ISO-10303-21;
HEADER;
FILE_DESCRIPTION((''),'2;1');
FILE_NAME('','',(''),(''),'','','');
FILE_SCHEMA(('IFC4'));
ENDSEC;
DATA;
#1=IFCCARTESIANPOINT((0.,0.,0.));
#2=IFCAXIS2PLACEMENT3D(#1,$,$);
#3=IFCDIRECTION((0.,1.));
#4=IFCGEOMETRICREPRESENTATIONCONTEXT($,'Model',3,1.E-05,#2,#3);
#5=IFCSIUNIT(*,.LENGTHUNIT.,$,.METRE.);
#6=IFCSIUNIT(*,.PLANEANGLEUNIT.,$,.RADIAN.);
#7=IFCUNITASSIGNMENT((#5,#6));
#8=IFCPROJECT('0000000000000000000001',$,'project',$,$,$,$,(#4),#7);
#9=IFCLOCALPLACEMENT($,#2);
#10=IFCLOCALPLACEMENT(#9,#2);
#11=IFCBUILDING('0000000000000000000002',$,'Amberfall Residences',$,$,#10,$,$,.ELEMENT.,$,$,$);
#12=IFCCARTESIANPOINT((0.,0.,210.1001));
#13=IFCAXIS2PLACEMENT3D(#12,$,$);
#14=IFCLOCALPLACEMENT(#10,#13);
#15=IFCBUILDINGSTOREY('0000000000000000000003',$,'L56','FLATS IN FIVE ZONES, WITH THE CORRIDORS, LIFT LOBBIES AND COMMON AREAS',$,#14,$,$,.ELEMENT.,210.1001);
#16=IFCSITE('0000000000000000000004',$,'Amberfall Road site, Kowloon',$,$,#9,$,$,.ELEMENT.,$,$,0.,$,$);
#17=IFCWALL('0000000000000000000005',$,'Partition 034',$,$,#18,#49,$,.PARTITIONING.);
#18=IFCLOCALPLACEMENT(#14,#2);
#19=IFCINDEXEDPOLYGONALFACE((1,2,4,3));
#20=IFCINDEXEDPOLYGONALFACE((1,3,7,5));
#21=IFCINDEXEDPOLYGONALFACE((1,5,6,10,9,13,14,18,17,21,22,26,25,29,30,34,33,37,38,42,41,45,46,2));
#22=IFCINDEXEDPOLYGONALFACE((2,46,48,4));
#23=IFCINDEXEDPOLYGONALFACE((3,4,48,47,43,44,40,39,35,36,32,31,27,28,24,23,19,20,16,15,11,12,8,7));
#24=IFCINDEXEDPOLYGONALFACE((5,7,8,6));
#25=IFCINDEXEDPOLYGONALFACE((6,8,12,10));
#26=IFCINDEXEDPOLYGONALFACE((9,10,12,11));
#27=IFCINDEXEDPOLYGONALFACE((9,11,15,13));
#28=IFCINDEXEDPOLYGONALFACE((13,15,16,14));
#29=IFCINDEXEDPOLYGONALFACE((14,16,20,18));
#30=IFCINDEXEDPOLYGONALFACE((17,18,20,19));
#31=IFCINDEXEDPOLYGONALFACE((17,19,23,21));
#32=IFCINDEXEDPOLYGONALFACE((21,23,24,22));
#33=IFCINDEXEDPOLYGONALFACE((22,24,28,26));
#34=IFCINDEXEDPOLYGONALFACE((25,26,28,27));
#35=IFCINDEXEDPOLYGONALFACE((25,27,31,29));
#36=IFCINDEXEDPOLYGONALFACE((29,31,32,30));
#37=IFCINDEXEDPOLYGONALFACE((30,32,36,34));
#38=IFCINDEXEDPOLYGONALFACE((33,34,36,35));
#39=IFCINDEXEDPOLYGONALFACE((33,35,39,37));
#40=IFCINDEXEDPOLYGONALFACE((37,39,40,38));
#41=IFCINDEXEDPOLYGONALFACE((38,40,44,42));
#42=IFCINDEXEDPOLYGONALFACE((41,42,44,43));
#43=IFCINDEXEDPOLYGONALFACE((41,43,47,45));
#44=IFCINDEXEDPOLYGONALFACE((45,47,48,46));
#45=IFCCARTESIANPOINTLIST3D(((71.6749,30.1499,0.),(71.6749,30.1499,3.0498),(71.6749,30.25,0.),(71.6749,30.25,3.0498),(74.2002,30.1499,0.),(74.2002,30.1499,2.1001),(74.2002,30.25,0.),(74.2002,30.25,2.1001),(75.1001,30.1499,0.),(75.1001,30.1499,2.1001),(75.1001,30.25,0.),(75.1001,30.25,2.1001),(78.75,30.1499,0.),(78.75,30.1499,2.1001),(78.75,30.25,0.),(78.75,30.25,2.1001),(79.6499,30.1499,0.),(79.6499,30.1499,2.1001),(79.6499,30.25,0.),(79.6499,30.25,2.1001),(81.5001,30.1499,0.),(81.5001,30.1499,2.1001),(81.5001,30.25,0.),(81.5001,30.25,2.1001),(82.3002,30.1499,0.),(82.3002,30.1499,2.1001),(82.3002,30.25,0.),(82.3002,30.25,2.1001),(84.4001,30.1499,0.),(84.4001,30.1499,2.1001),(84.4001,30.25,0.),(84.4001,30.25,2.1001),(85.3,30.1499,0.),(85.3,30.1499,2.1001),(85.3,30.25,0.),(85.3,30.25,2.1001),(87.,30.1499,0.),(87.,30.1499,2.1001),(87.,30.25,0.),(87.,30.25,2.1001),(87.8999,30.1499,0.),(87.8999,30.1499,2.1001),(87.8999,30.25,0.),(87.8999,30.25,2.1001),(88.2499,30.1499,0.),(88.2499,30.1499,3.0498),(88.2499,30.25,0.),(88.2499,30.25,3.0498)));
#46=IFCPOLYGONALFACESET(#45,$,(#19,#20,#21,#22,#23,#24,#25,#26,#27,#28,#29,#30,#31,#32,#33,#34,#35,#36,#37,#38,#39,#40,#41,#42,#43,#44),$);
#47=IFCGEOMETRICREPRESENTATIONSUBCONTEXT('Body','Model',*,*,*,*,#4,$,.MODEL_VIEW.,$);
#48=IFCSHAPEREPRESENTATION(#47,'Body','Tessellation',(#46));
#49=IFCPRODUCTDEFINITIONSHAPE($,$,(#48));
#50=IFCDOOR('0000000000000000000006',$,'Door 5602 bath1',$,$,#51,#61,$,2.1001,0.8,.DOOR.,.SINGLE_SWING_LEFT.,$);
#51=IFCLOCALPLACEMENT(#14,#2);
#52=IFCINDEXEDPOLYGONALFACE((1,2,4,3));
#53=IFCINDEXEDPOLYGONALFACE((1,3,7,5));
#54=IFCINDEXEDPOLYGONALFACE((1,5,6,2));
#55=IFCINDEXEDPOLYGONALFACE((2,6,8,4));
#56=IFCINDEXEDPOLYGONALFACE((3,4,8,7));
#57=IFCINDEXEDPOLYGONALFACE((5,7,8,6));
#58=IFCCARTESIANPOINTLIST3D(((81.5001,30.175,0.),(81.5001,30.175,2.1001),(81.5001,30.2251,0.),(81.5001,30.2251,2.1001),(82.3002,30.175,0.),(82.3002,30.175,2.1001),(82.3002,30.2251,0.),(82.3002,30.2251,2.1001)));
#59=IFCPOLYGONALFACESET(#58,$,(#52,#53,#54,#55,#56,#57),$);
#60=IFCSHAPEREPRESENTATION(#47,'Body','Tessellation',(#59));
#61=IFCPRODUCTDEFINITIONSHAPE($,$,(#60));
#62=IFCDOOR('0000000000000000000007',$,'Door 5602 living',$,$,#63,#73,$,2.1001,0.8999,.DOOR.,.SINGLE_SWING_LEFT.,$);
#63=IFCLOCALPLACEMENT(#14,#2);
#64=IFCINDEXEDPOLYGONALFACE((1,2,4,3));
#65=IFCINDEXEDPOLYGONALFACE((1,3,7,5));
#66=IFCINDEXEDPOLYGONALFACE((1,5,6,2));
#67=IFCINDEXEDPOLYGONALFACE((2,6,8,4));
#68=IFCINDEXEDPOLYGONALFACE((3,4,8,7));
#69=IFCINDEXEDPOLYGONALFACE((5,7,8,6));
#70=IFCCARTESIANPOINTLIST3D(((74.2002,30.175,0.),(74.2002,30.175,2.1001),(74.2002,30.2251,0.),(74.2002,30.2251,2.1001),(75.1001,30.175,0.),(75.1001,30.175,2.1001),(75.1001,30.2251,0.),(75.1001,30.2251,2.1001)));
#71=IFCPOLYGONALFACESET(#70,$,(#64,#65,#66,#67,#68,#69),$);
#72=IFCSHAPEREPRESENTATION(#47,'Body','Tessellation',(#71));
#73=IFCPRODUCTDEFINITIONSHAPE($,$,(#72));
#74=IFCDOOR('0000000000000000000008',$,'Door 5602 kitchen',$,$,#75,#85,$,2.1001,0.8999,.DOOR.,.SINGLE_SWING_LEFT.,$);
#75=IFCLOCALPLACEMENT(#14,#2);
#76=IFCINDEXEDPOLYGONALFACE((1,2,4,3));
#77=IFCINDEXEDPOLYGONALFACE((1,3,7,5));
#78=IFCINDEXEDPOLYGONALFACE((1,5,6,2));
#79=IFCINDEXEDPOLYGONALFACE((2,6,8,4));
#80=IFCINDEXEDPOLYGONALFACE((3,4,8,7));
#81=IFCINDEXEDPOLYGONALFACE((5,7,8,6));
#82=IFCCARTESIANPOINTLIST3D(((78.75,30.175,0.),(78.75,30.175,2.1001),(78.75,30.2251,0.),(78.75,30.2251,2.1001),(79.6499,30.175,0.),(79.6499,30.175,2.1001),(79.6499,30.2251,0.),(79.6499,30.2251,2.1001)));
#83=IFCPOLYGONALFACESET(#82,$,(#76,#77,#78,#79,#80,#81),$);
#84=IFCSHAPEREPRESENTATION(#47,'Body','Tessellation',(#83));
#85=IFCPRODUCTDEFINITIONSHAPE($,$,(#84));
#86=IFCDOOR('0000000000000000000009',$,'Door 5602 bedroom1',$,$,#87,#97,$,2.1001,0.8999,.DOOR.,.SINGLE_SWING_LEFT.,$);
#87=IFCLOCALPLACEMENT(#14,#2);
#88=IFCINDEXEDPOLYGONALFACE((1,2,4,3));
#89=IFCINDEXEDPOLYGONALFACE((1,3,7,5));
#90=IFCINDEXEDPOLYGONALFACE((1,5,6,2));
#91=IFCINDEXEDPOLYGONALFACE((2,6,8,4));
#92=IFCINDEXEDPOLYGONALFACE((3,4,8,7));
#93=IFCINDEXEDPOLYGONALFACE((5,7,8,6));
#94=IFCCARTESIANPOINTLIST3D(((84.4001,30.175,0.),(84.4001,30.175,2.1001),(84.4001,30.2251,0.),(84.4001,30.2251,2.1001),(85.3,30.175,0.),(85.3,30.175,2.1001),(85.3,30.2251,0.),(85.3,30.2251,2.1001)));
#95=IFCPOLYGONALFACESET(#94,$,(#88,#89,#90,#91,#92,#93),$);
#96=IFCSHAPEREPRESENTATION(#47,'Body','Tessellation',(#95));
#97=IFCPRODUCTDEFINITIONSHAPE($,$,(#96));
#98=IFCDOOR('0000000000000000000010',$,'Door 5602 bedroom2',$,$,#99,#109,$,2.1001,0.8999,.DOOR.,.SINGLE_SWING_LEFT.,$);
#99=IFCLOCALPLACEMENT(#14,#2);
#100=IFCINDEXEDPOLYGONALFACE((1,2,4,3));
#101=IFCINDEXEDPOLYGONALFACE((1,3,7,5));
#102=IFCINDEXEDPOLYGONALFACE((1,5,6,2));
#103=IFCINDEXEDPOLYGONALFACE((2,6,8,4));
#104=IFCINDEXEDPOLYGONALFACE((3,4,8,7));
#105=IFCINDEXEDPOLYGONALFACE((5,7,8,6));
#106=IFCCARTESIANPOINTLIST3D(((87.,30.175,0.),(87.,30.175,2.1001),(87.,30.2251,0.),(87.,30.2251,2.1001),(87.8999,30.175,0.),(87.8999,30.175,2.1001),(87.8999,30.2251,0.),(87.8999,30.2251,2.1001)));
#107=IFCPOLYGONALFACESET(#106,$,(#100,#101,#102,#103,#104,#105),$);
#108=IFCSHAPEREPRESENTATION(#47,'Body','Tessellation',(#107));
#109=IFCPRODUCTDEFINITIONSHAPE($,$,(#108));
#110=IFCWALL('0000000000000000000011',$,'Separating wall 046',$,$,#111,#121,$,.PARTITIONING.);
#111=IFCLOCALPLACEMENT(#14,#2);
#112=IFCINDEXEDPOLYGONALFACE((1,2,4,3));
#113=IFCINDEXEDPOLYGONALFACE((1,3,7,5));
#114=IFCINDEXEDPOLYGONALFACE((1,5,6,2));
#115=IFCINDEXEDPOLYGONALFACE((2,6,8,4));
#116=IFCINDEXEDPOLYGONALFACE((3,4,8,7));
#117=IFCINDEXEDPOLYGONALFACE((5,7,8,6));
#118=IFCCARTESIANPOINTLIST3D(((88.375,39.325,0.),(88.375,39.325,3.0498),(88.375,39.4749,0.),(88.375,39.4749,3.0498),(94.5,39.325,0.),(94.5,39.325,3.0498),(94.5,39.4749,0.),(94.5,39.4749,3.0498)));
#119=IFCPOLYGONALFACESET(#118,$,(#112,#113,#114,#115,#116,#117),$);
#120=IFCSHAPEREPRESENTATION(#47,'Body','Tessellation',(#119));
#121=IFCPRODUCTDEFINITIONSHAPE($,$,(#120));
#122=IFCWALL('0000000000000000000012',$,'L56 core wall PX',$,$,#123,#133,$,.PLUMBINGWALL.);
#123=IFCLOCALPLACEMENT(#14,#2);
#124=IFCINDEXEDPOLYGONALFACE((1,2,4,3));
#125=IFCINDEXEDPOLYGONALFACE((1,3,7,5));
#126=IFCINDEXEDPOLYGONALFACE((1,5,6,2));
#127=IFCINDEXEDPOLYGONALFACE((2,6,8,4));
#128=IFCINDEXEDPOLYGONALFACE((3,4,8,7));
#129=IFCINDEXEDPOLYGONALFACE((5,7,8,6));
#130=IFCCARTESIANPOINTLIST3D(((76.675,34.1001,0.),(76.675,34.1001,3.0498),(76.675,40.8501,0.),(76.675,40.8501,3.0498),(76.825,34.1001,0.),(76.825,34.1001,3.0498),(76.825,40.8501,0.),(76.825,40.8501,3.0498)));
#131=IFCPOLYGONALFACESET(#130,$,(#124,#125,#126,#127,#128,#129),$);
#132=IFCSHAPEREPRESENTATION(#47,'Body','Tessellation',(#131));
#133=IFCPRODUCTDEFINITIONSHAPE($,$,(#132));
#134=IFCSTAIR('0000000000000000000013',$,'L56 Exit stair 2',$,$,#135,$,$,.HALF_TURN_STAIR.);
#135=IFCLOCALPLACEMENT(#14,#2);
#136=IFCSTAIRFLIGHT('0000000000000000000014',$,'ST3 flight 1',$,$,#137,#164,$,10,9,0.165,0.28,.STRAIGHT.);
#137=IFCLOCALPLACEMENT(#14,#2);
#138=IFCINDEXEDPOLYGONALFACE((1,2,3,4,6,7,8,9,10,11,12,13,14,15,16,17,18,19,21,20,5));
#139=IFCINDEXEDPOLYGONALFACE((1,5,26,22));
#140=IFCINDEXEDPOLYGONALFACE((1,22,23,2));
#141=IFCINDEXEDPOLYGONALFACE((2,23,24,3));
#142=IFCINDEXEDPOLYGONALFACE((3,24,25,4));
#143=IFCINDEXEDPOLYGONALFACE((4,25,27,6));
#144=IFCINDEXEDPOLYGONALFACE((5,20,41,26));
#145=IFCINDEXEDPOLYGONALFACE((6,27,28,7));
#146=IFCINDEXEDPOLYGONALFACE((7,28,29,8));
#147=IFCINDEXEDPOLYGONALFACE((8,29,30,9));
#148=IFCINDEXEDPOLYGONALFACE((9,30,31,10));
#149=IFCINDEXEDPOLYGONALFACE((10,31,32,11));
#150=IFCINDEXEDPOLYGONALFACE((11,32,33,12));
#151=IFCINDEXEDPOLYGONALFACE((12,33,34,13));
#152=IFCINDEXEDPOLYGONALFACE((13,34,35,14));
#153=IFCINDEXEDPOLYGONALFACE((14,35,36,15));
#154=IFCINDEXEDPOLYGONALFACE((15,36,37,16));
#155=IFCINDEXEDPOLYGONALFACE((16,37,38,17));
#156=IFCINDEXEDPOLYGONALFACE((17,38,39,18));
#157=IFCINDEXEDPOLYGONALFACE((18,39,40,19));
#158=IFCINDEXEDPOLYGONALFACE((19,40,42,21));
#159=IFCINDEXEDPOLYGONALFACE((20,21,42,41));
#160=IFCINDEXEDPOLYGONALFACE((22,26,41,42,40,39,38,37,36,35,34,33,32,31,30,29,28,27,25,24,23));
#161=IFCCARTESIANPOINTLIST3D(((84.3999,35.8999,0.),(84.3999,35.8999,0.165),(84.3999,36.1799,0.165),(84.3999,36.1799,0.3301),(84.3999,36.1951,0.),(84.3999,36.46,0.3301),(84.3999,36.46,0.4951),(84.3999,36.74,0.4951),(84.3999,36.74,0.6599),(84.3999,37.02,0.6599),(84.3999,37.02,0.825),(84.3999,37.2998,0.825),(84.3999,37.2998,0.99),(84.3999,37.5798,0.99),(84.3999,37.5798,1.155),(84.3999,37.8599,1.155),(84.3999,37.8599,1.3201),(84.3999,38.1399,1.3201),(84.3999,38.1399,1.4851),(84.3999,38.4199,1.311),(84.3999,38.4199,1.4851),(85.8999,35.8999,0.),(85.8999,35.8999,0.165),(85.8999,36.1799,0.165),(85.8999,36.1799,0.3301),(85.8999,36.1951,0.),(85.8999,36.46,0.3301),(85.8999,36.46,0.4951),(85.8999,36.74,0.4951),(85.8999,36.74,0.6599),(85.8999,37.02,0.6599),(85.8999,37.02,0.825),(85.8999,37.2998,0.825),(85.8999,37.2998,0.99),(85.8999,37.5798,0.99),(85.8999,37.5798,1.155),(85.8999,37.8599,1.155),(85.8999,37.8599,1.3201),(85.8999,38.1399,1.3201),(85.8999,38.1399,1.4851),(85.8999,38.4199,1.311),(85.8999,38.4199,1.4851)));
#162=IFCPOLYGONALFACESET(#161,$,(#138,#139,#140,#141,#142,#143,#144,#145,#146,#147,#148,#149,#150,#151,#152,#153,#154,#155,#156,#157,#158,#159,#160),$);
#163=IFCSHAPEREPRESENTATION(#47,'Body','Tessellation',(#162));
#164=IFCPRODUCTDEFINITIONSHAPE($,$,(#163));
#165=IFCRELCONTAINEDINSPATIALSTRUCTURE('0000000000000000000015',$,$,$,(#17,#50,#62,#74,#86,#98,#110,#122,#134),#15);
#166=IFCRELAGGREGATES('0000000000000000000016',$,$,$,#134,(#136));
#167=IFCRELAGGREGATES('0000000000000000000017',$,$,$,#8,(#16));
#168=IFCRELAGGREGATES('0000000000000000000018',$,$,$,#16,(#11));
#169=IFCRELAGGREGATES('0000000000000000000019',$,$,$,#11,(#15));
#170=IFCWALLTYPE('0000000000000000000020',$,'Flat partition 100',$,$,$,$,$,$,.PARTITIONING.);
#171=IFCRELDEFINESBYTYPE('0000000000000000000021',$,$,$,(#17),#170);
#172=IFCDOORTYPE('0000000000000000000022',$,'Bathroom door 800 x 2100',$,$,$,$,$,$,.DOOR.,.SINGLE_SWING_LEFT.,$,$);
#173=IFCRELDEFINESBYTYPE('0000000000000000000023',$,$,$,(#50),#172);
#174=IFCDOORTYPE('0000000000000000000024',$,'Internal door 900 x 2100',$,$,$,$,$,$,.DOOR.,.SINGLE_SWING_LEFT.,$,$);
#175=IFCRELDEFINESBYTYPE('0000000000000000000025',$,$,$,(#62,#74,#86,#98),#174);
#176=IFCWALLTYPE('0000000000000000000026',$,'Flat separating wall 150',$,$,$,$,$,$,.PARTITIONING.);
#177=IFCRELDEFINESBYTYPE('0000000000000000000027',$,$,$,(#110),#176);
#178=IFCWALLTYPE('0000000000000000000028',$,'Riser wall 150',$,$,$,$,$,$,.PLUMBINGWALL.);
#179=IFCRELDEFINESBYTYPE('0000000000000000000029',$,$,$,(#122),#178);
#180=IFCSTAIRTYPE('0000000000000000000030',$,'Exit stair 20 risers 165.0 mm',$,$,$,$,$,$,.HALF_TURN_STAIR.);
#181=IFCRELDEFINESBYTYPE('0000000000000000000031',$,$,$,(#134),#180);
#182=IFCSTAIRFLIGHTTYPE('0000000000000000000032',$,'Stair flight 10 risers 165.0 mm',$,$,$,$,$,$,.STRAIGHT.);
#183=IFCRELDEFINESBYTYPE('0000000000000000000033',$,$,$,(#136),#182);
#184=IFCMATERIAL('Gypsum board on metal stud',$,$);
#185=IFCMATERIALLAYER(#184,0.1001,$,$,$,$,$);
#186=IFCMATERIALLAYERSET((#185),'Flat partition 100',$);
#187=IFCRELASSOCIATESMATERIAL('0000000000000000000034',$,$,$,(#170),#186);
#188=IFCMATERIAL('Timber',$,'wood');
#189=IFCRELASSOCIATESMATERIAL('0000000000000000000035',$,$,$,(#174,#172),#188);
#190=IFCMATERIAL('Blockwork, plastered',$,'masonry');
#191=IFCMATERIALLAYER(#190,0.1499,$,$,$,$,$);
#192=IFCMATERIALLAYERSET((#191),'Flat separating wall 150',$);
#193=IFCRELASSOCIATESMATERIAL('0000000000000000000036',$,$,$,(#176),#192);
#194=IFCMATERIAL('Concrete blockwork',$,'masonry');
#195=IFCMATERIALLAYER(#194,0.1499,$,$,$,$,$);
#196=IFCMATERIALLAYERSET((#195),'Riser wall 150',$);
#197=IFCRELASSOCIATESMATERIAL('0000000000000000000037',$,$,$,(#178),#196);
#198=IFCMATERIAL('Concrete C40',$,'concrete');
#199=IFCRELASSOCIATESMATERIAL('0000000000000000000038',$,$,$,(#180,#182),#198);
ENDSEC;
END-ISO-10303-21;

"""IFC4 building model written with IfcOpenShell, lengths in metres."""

from ifc_helpers import new_model, si_unit, direction, frame, frame_2d, origin, place, context, subcontext, project, spatial, polyline, rectangle, outline, extrude, material, layer, layer_set, type_object, element, fill, aggregate, save


model = new_model("IFC4")

# Units and contexts
model_context = context("Model", 3, precision=1e-05, world=origin(), true_north=direction((0.0, 1.0)))
body_context = subcontext(model_context, "Body", "Model", "MODEL_VIEW")
ifc_project = project(units=[si_unit("LENGTHUNIT", "METRE"), si_unit("PLANEANGLEUNIT", "RADIAN")], contexts=[model_context])

# Site, building, storey
site_placement = place(None, origin())
site = spatial("IfcSite", under=ifc_project, at=site_placement, Name="Amberfall Road site, Kowloon", CompositionType="ELEMENT", RefElevation=0.0)
building_placement = place(site_placement, origin())
building = spatial("IfcBuilding", under=site, at=building_placement, Name="Amberfall Residences", CompositionType="ELEMENT")
storey_placement = place(building_placement, frame((0.0, 0.0, 210.1001)))
storey = spatial("IfcBuildingStorey", under=building, at=storey_placement, Name="L56", Description="FLATS IN FIVE ZONES, WITH THE CORRIDORS, LIFT LOBBIES AND COMMON AREAS", CompositionType="ELEMENT", Elevation=210.1001)

# Shared definitions
ifc_material_1 = material(Name="Gypsum board on metal stud")
ifc_layer_1 = layer(ifc_material_1, 0.1001)
ifc_layer_set_1 = layer_set([ifc_layer_1], Name="Flat partition 100")
wall_type_1 = type_object("IfcWallType", Name="Flat partition 100", PredefinedType="PARTITIONING", material=ifc_layer_set_1)

# Wall, openings, doors
ifc_material_2 = material(Name="Timber", Category="wood")
door_type_1 = type_object("IfcDoorType", Name="Internal door 900 x 2100", OperationType="SINGLE_SWING_LEFT", PredefinedType="DOOR", material=ifc_material_2)
wall_1_placement = place(storey_placement, frame((88.25, 30.2, 0.0), z_axis=(0.0, 0.0, 1.0), x_axis=(-1.0, 0.0, 0.0)))
wall_1 = element("IfcWall", 1, at=wall_1_placement, inside=storey, type_object=wall_type_1, Name="Partition 034", PredefinedType="PARTITIONING", context=body_context, shape_type="SweptSolid", body=[
    extrude(rectangle(XDim=16.575, YDim=0.1001, at=frame_2d((8.2876, 0.0))), origin(), (0.0, 0.0, 1.0), 3.0498),
])
opening_1_placement = place(wall_1_placement, frame((13.1499, 0.0, 0.0)))
opening_1 = element("IfcOpeningElement", 2, at=opening_1_placement, cuts=wall_1, PredefinedType="OPENING", context=body_context, shape_type="SweptSolid", body=[
    extrude(rectangle(XDim=0.8999, YDim=2.1001, at=frame_2d((0.45, 1.05))), frame((0.0, 0.0601, 0.0), z_axis=(0.0, -1.0, 0.0), x_axis=(1.0, 0.0, 0.0)), (0.0, 0.0, 1.0), 0.1201),
])
opening_2_placement = place(wall_1_placement, frame((8.6001, 0.0, 0.0)))
opening_2 = element("IfcOpeningElement", 3, at=opening_2_placement, cuts=wall_1, PredefinedType="OPENING", context=body_context, shape_type="SweptSolid", body=[
    extrude(rectangle(XDim=0.8999, YDim=2.1001, at=frame_2d((0.45, 1.05))), frame((0.0, 0.0601, 0.0), z_axis=(0.0, -1.0, 0.0), x_axis=(1.0, 0.0, 0.0)), (0.0, 0.0, 1.0), 0.1201),
])
opening_3_placement = place(wall_1_placement, frame((2.95, 0.0, 0.0)))
opening_3 = element("IfcOpeningElement", 4, at=opening_3_placement, cuts=wall_1, PredefinedType="OPENING", context=body_context, shape_type="SweptSolid", body=[
    extrude(rectangle(XDim=0.8999, YDim=2.1001, at=frame_2d((0.45, 1.05))), frame((0.0, 0.0601, 0.0), z_axis=(0.0, -1.0, 0.0), x_axis=(1.0, 0.0, 0.0)), (0.0, 0.0, 1.0), 0.1201),
])
opening_4_placement = place(wall_1_placement, frame((0.3501, 0.0, 0.0)))
opening_4 = element("IfcOpeningElement", 5, at=opening_4_placement, cuts=wall_1, PredefinedType="OPENING", context=body_context, shape_type="SweptSolid", body=[
    extrude(rectangle(XDim=0.8999, YDim=2.1001, at=frame_2d((0.45, 1.05))), frame((0.0, 0.0601, 0.0), z_axis=(0.0, -1.0, 0.0), x_axis=(1.0, 0.0, 0.0)), (0.0, 0.0, 1.0), 0.1201),
])
opening_5_placement = place(wall_1_placement, frame((5.95, 0.0, 0.0)))
opening_5 = element("IfcOpeningElement", 6, at=opening_5_placement, cuts=wall_1, PredefinedType="OPENING", context=body_context, shape_type="SweptSolid", body=[
    extrude(rectangle(XDim=0.8, YDim=2.1001, at=frame_2d((0.3999, 1.05))), frame((0.0, 0.0601, 0.0), z_axis=(0.0, -1.0, 0.0), x_axis=(1.0, 0.0, 0.0)), (0.0, 0.0, 1.0), 0.1201),
])
door_type_2 = type_object("IfcDoorType", Name="Bathroom door 800 x 2100", OperationType="SINGLE_SWING_LEFT", PredefinedType="DOOR", material=ifc_material_2)
door_1_placement = place(opening_5_placement, origin())
door_1 = element("IfcDoor", 7, at=door_1_placement, inside=storey, type_object=door_type_2, Name="Door 5602 bath1", OperationType="SINGLE_SWING_LEFT", OverallHeight=2.1001, OverallWidth=0.8, PredefinedType="DOOR", context=body_context, shape_type="SweptSolid", body=[
    extrude(rectangle(XDim=0.8, YDim=2.1001, at=frame_2d((0.3999, 1.05))), frame((0.0, 0.0249, 0.0), z_axis=(0.0, -1.0, 0.0), x_axis=(1.0, 0.0, 0.0)), (0.0, 0.0, 1.0), 0.05),
])
fill(opening_5, door_1)
door_2_placement = place(opening_1_placement, origin())
door_2 = element("IfcDoor", 8, at=door_2_placement, inside=storey, type_object=door_type_1, Name="Door 5602 living", OperationType="SINGLE_SWING_LEFT", OverallHeight=2.1001, OverallWidth=0.8999, PredefinedType="DOOR", context=body_context, shape_type="SweptSolid", body=[
    extrude(rectangle(XDim=0.8999, YDim=2.1001, at=frame_2d((0.45, 1.05))), frame((0.0, 0.0249, 0.0), z_axis=(0.0, -1.0, 0.0), x_axis=(1.0, 0.0, 0.0)), (0.0, 0.0, 1.0), 0.05),
])
fill(opening_1, door_2)
door_3_placement = place(opening_2_placement, origin())
door_3 = element("IfcDoor", 9, at=door_3_placement, inside=storey, type_object=door_type_1, Name="Door 5602 kitchen", OperationType="SINGLE_SWING_LEFT", OverallHeight=2.1001, OverallWidth=0.8999, PredefinedType="DOOR", context=body_context, shape_type="SweptSolid", body=[
    extrude(rectangle(XDim=0.8999, YDim=2.1001, at=frame_2d((0.45, 1.05))), frame((0.0, 0.0249, 0.0), z_axis=(0.0, -1.0, 0.0), x_axis=(1.0, 0.0, 0.0)), (0.0, 0.0, 1.0), 0.05),
])
fill(opening_2, door_3)
door_4_placement = place(opening_3_placement, origin())
door_4 = element("IfcDoor", 10, at=door_4_placement, inside=storey, type_object=door_type_1, Name="Door 5602 bedroom1", OperationType="SINGLE_SWING_LEFT", OverallHeight=2.1001, OverallWidth=0.8999, PredefinedType="DOOR", context=body_context, shape_type="SweptSolid", body=[
    extrude(rectangle(XDim=0.8999, YDim=2.1001, at=frame_2d((0.45, 1.05))), frame((0.0, 0.0249, 0.0), z_axis=(0.0, -1.0, 0.0), x_axis=(1.0, 0.0, 0.0)), (0.0, 0.0, 1.0), 0.05),
])
fill(opening_3, door_4)
door_5_placement = place(opening_4_placement, origin())
door_5 = element("IfcDoor", 11, at=door_5_placement, inside=storey, type_object=door_type_1, Name="Door 5602 bedroom2", OperationType="SINGLE_SWING_LEFT", OverallHeight=2.1001, OverallWidth=0.8999, PredefinedType="DOOR", context=body_context, shape_type="SweptSolid", body=[
    extrude(rectangle(XDim=0.8999, YDim=2.1001, at=frame_2d((0.45, 1.05))), frame((0.0, 0.0249, 0.0), z_axis=(0.0, -1.0, 0.0), x_axis=(1.0, 0.0, 0.0)), (0.0, 0.0, 1.0), 0.05),
])
fill(opening_4, door_5)

# Walls
ifc_material_3 = material(Name="Blockwork, plastered", Category="masonry")
ifc_layer_2 = layer(ifc_material_3, 0.1499)
ifc_layer_set_2 = layer_set([ifc_layer_2], Name="Flat separating wall 150")
wall_type_2 = type_object("IfcWallType", Name="Flat separating wall 150", PredefinedType="PARTITIONING", material=ifc_layer_set_2)
wall_2_placement = place(storey_placement, frame((88.375, 39.3999, 0.0), z_axis=(0.0, 0.0, 1.0), x_axis=(1.0, 0.0, 0.0)))
element("IfcWall", 12, at=wall_2_placement, inside=storey, type_object=wall_type_2, Name="Separating wall 046", PredefinedType="PARTITIONING", context=body_context, shape_type="SweptSolid", body=[
    extrude(rectangle(XDim=6.125, YDim=0.1499, at=frame_2d((3.0625, 0.0))), origin(), (0.0, 0.0, 1.0), 3.0498),
])
ifc_material_4 = material(Name="Concrete blockwork", Category="masonry")
ifc_layer_3 = layer(ifc_material_4, 0.1499)
ifc_layer_set_3 = layer_set([ifc_layer_3], Name="Riser wall 150")
wall_type_3 = type_object("IfcWallType", Name="Riser wall 150", PredefinedType="PLUMBINGWALL", material=ifc_layer_set_3)
wall_3_placement = place(storey_placement, frame((76.75, 34.1001, 0.0), z_axis=(0.0, 0.0, 1.0), x_axis=(0.0, 1.0, 0.0)))
element("IfcWall", 13, at=wall_3_placement, inside=storey, type_object=wall_type_3, Name="L56 core wall PX", PredefinedType="PLUMBINGWALL", context=body_context, shape_type="SweptSolid", body=[
    extrude(rectangle(XDim=6.75, YDim=0.1499, at=frame_2d((3.375, 0.0))), origin(), (0.0, 0.0, 1.0), 3.0498),
])

# Stair, stair flight
ifc_material_5 = material(Name="Concrete C40", Category="concrete")
stair_type = type_object("IfcStairType", Name="Exit stair 20 risers 165.0 mm", PredefinedType="HALF_TURN_STAIR", material=ifc_material_5)
stair_placement = place(storey_placement, origin())
stair = element("IfcStair", 14, at=stair_placement, inside=storey, type_object=stair_type, Name="L56 Exit stair 2", PredefinedType="HALF_TURN_STAIR")
stair_flight_type = type_object("IfcStairFlightType", Name="Stair flight 10 risers 165.0 mm", PredefinedType="STRAIGHT", material=ifc_material_5)
stair_flight_1_placement = place(storey_placement, frame((85.1499, 35.8999, 0.0), z_axis=(0.0, 0.0, 1.0), x_axis=(0.0, 1.0, 0.0)))
stair_flight_1 = element("IfcStairFlight", 15, at=stair_flight_1_placement, type_object=stair_flight_type, Name="ST3 flight 1", NumberOfRisers=10, NumberOfTreads=9, PredefinedType="STRAIGHT", RiserHeight=0.165, TreadLength=0.28, context=body_context, shape_type="SweptSolid", body=[
    extrude(outline(polyline([(0.0, 0.0), (0.0, 0.165), (0.28, 0.165), (0.28, 0.3301), (0.5601, 0.3301), (0.5601, 0.4951), (0.8401, 0.4951), (0.8401, 0.6599), (1.1201, 0.6599), (1.1201, 0.825), (1.3999, 0.825), (1.3999, 0.99), (1.6799, 0.99), (1.6799, 1.155), (1.96, 1.155), (1.96, 1.3201), (2.24, 1.3201), (2.24, 1.4851), (2.52, 1.4851), (2.52, 1.6499), (2.52, 1.311), (0.2952, 0.0), (0.0, 0.0)])), frame((0.0, 0.75, 0.0), z_axis=(0.0, -1.0, 0.0), x_axis=(1.0, 0.0, 0.0)), (0.0, 0.0, 1.0), 1.5),
])
aggregate(stair, [stair_flight_1])

save(model, "model.ifc")
